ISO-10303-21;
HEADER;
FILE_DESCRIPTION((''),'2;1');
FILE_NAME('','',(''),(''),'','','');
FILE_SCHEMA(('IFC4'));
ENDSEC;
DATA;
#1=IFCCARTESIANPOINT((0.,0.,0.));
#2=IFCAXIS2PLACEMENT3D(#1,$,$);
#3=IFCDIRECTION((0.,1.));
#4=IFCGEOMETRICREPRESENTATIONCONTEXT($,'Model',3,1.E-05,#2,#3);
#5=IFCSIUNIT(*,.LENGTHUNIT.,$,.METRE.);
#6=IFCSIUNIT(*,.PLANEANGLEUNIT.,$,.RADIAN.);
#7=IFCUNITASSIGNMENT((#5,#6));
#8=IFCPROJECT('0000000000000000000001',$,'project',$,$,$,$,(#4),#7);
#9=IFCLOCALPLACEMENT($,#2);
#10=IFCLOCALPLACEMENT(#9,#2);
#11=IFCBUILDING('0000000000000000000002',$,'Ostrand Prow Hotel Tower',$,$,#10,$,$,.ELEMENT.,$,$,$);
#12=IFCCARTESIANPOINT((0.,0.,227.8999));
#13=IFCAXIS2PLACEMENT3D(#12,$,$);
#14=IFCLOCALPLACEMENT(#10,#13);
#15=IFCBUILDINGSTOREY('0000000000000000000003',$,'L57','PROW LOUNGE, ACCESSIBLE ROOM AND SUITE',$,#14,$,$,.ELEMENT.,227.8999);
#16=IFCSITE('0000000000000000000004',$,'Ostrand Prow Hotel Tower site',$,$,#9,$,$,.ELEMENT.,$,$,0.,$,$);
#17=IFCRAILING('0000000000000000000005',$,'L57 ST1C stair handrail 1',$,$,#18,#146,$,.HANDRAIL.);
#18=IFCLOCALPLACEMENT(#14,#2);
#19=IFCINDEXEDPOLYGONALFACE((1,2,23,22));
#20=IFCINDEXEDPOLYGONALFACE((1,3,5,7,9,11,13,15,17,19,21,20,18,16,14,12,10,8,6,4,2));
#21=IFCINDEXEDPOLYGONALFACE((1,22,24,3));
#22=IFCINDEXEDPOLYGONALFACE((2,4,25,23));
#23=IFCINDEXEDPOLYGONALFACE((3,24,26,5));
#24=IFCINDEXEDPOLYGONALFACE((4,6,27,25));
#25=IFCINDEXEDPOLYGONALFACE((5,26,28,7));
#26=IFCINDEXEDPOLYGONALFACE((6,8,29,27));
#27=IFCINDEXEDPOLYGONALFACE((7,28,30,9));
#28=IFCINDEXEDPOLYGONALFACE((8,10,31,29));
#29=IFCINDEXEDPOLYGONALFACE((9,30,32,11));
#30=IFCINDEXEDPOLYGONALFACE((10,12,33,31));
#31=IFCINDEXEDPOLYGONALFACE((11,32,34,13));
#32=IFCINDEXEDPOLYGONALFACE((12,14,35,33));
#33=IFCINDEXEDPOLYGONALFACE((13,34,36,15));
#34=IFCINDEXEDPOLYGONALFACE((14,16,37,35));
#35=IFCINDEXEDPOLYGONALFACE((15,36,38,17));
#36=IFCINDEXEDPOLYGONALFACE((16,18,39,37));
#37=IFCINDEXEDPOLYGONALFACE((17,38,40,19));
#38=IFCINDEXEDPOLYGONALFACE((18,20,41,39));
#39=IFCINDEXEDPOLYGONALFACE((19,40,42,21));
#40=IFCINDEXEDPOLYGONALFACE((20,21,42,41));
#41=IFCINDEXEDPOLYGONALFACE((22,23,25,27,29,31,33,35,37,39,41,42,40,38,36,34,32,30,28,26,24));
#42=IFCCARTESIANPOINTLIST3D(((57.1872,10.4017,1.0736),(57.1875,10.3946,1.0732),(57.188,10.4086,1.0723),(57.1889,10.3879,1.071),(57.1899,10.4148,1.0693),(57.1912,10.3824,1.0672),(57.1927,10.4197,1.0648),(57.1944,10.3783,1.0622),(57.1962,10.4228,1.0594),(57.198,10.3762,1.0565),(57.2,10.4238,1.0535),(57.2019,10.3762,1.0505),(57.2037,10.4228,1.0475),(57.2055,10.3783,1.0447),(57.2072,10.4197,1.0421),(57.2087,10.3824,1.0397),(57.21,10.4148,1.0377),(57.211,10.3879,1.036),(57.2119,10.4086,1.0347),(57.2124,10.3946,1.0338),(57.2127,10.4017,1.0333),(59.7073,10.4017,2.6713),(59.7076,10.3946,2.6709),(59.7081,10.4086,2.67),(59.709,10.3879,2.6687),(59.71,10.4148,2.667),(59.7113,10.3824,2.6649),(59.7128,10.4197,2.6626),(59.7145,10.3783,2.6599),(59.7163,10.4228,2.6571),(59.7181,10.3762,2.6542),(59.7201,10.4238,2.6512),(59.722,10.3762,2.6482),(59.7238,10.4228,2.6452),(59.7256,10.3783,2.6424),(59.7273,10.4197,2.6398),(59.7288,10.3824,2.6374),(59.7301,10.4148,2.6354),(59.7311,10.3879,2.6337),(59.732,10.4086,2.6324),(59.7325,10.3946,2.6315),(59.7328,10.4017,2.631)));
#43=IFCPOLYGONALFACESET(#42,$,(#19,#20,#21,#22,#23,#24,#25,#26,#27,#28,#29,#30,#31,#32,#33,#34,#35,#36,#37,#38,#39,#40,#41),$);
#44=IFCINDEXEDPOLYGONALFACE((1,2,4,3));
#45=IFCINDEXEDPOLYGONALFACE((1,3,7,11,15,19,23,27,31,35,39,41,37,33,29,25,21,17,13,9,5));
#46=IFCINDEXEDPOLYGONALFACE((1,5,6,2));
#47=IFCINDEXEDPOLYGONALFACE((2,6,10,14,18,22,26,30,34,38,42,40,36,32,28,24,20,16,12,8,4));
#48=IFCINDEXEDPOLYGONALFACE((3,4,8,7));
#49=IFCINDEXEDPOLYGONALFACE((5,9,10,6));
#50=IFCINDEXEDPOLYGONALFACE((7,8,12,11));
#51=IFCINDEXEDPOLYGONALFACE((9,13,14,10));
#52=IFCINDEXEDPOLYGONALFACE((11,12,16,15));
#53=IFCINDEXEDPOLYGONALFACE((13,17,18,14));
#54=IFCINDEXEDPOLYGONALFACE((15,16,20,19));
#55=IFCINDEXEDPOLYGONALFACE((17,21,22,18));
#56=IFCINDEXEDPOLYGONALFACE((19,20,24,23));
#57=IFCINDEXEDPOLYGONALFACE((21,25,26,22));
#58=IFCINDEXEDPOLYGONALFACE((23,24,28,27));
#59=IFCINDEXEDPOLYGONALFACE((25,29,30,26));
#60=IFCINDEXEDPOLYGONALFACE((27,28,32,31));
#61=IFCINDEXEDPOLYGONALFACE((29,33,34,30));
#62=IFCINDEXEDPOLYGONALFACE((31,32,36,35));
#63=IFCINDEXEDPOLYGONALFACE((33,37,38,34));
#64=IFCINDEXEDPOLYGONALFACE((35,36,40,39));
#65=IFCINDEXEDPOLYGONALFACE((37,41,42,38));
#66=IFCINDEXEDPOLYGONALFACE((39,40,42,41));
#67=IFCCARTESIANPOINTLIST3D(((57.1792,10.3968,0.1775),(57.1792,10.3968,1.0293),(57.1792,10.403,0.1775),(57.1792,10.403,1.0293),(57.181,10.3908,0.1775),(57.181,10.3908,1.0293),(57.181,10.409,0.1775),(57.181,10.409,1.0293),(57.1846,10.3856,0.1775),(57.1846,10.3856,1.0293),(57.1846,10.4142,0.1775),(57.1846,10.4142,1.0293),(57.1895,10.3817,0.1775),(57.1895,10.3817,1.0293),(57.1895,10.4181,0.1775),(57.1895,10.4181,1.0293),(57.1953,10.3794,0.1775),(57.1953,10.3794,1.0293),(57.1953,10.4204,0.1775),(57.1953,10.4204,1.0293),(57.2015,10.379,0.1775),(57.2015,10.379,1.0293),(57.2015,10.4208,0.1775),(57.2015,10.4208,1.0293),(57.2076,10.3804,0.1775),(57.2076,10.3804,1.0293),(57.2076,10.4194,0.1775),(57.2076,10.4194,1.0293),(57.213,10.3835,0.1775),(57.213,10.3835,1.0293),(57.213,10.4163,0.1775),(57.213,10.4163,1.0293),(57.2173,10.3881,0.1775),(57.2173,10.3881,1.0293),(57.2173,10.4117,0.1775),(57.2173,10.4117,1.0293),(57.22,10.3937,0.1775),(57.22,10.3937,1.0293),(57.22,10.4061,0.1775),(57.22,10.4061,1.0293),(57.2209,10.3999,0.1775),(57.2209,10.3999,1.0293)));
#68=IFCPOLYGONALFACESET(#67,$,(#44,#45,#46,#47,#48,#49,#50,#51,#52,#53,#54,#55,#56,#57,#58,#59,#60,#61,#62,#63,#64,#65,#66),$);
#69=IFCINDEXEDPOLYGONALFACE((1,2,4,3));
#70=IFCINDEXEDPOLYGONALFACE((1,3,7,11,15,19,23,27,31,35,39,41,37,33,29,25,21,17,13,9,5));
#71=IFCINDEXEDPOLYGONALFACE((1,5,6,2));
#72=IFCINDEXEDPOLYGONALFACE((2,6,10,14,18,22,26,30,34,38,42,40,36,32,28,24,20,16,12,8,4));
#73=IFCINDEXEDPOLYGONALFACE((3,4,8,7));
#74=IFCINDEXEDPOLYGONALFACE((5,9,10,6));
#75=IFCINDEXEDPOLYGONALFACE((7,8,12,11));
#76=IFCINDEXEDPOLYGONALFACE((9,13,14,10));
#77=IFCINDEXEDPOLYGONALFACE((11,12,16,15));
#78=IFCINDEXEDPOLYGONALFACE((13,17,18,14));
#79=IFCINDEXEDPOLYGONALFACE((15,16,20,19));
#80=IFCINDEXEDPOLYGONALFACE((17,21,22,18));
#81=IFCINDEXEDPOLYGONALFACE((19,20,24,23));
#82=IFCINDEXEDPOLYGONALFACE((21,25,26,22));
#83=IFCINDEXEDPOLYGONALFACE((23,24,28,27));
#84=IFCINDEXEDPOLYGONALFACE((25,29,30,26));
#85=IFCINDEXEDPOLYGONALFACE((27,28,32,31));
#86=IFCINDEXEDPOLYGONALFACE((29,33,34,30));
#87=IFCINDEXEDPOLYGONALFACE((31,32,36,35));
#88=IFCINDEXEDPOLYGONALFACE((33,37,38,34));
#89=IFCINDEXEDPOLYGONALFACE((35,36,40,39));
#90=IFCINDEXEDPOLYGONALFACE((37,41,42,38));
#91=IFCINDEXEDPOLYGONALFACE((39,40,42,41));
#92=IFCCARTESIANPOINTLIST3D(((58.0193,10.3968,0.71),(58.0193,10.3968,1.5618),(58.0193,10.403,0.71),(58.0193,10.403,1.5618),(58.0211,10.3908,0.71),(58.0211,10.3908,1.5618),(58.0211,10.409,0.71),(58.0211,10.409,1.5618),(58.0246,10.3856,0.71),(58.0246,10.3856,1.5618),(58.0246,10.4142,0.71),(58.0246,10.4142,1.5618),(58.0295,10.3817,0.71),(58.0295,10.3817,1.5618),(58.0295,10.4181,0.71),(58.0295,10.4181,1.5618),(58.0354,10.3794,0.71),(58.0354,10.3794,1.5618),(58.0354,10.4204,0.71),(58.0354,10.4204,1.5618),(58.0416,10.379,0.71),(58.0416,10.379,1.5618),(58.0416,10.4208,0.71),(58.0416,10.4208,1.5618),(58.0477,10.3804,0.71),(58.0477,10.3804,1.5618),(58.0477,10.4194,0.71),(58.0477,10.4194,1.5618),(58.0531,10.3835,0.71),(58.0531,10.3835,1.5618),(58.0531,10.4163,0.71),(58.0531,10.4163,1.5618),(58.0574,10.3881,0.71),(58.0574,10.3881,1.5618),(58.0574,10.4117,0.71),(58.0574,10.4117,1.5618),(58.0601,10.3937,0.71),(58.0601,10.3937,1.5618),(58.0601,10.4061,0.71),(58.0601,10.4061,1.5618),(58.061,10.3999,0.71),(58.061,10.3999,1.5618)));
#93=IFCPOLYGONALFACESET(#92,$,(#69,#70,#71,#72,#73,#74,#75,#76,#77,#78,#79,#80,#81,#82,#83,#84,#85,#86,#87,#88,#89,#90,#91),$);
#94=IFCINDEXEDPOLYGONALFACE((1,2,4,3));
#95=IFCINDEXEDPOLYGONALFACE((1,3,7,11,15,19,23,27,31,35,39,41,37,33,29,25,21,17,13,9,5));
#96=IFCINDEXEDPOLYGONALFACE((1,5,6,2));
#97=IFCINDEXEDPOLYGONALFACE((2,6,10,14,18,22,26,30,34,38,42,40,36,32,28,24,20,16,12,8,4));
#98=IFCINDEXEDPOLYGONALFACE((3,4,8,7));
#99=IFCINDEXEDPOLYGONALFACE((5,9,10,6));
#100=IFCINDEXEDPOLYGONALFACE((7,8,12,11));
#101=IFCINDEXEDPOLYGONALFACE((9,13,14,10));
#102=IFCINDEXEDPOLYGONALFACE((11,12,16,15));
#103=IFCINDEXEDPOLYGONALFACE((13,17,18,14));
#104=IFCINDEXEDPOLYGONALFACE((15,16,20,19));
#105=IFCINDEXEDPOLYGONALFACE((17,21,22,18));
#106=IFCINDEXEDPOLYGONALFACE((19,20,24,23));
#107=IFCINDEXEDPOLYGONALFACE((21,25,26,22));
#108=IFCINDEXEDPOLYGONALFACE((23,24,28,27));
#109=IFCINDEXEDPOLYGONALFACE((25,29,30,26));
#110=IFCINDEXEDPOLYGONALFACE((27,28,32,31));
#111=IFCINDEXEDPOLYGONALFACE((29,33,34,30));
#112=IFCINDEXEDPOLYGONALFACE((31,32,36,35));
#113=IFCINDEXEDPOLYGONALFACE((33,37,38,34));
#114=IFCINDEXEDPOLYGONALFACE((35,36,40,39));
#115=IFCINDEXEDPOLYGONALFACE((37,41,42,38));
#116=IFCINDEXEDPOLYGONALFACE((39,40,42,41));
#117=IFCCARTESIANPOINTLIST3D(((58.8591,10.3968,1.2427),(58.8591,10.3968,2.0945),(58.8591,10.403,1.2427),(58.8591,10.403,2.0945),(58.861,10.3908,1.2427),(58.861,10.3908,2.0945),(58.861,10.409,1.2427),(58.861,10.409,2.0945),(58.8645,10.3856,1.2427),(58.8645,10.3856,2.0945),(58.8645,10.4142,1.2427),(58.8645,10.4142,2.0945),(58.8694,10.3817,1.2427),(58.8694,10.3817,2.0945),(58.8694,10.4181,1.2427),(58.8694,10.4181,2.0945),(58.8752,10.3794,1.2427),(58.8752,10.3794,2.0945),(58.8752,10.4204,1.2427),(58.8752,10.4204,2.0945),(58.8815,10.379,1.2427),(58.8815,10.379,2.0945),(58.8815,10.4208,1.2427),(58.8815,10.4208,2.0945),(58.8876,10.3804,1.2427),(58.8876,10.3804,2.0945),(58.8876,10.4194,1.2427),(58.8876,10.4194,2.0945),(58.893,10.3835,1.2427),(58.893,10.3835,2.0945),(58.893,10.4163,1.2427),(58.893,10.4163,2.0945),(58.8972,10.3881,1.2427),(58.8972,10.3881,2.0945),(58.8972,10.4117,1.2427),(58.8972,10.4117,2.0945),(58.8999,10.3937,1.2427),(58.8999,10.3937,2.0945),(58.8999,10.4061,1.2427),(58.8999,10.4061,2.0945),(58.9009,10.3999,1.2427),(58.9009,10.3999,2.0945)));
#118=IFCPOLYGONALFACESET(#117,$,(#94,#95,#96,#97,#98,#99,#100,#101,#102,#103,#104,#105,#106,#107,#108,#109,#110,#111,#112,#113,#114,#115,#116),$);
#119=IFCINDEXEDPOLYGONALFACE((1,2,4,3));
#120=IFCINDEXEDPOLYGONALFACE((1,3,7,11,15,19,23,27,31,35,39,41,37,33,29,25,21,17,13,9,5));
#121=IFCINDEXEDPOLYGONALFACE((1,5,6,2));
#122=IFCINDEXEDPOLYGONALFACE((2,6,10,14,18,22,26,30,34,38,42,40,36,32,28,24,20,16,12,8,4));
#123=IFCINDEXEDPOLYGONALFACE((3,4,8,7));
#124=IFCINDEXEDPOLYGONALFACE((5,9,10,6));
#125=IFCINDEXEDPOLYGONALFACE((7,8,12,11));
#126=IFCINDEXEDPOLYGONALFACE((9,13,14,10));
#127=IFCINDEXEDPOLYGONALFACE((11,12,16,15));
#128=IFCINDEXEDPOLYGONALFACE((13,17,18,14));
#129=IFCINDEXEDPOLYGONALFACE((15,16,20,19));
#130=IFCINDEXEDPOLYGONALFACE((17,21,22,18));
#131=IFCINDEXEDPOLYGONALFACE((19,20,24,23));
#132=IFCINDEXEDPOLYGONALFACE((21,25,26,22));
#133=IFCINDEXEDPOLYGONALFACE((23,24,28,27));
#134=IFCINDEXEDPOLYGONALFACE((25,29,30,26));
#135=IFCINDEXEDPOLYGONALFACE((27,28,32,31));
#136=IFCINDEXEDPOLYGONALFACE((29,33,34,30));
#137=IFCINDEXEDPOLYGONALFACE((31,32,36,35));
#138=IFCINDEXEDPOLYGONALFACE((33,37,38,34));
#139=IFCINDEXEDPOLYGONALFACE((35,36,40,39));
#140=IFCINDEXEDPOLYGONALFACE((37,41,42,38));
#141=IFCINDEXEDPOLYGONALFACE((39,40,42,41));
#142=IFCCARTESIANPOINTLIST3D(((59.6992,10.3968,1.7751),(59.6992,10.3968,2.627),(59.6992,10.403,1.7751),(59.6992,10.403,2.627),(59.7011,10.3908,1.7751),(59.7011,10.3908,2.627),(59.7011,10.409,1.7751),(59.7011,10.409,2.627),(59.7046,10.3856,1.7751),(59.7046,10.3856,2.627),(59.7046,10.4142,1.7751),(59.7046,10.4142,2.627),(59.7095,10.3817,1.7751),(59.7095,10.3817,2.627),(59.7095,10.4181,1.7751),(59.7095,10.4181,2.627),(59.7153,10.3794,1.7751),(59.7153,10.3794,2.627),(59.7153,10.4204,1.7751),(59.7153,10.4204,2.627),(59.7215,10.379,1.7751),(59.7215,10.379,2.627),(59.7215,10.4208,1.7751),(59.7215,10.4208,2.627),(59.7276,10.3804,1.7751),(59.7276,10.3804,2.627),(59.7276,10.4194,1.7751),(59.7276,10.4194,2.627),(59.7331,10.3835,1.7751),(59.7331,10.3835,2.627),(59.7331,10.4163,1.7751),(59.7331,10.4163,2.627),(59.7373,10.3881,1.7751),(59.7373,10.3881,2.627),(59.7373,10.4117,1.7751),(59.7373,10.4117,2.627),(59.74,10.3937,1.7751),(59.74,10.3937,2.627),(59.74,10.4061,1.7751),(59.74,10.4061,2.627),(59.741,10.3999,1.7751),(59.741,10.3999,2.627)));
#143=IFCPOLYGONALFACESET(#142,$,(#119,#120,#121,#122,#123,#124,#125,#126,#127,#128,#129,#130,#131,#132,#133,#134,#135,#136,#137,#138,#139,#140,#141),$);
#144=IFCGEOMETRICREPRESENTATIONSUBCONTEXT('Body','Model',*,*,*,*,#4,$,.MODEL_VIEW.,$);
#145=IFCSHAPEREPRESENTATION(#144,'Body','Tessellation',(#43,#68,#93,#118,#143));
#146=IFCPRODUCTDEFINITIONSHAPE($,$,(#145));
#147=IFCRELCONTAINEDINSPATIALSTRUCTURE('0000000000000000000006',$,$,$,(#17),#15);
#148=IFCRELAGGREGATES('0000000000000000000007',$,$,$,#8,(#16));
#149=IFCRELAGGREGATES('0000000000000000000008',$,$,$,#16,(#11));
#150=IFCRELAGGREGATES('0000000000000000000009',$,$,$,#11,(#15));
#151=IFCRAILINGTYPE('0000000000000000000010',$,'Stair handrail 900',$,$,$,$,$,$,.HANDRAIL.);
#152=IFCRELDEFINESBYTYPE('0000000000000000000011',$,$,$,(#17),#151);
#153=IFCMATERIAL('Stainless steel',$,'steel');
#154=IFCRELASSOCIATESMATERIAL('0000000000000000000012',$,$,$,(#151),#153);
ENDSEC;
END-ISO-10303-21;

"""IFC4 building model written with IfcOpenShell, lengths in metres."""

from ifc_helpers import new_model, si_unit, direction, frame, origin, origin_2d, place, context, subcontext, project, spatial, circle, extrude, material, type_object, element, save


model = new_model("IFC4")

# Units and contexts
model_context = context("Model", 3, precision=1e-05, world=origin(), true_north=direction((0.0, 1.0)))
body_context = subcontext(model_context, "Body", "Model", "MODEL_VIEW")
ifc_project = project(units=[si_unit("LENGTHUNIT", "METRE"), si_unit("PLANEANGLEUNIT", "RADIAN")], contexts=[model_context])

# Site, building, storey
site_placement = place(None, origin())
site = spatial("IfcSite", under=ifc_project, at=site_placement, Name="Ostrand Prow Hotel Tower site", CompositionType="ELEMENT", RefElevation=0.0)
building_placement = place(site_placement, origin())
building = spatial("IfcBuilding", under=site, at=building_placement, Name="Ostrand Prow Hotel Tower", CompositionType="ELEMENT")
storey_placement = place(building_placement, frame((0.0, 0.0, 227.8999)))
storey = spatial("IfcBuildingStorey", under=building, at=storey_placement, Name="L57", Description="PROW LOUNGE, ACCESSIBLE ROOM AND SUITE", CompositionType="ELEMENT", Elevation=227.8999)

# Railing
ifc_material_1 = material(Name="Stainless steel", Category="steel")
railing_type_1 = type_object("IfcRailingType", Name="Stair handrail 900", PredefinedType="HANDRAIL", material=ifc_material_1)
railing_1_placement = place(storey_placement, frame((57.2, 10.3999, 0.1775)))
element("IfcRailing", 1, at=railing_1_placement, inside=storey, type_object=railing_type_1, Name="L57 ST1C stair handrail 1", PredefinedType="HANDRAIL", context=body_context, shape_type="SweptSolid", body=[
    extrude(circle(Radius=0.0239, at=origin_2d()), frame((0.0, 0.0, 0.876), z_axis=(0.84457, 0.0, 0.535445), x_axis=(0.0, 1.0, 0.0)), (0.0, 0.0, 1.0), 2.9839),
    extrude(circle(Radius=0.021, at=origin_2d()), origin(), (0.0, 0.0, 1.0), 0.8518),
    extrude(circle(Radius=0.021, at=origin_2d()), frame((0.8401, 0.0, 0.5325)), (0.0, 0.0, 1.0), 0.8518),
    extrude(circle(Radius=0.021, at=origin_2d()), frame((1.6799, 0.0, 1.0652)), (0.0, 0.0, 1.0), 0.8518),
    extrude(circle(Radius=0.021, at=origin_2d()), frame((2.52, 0.0, 1.5977)), (0.0, 0.0, 1.0), 0.8518),
])

save(model, "model.ifc")
